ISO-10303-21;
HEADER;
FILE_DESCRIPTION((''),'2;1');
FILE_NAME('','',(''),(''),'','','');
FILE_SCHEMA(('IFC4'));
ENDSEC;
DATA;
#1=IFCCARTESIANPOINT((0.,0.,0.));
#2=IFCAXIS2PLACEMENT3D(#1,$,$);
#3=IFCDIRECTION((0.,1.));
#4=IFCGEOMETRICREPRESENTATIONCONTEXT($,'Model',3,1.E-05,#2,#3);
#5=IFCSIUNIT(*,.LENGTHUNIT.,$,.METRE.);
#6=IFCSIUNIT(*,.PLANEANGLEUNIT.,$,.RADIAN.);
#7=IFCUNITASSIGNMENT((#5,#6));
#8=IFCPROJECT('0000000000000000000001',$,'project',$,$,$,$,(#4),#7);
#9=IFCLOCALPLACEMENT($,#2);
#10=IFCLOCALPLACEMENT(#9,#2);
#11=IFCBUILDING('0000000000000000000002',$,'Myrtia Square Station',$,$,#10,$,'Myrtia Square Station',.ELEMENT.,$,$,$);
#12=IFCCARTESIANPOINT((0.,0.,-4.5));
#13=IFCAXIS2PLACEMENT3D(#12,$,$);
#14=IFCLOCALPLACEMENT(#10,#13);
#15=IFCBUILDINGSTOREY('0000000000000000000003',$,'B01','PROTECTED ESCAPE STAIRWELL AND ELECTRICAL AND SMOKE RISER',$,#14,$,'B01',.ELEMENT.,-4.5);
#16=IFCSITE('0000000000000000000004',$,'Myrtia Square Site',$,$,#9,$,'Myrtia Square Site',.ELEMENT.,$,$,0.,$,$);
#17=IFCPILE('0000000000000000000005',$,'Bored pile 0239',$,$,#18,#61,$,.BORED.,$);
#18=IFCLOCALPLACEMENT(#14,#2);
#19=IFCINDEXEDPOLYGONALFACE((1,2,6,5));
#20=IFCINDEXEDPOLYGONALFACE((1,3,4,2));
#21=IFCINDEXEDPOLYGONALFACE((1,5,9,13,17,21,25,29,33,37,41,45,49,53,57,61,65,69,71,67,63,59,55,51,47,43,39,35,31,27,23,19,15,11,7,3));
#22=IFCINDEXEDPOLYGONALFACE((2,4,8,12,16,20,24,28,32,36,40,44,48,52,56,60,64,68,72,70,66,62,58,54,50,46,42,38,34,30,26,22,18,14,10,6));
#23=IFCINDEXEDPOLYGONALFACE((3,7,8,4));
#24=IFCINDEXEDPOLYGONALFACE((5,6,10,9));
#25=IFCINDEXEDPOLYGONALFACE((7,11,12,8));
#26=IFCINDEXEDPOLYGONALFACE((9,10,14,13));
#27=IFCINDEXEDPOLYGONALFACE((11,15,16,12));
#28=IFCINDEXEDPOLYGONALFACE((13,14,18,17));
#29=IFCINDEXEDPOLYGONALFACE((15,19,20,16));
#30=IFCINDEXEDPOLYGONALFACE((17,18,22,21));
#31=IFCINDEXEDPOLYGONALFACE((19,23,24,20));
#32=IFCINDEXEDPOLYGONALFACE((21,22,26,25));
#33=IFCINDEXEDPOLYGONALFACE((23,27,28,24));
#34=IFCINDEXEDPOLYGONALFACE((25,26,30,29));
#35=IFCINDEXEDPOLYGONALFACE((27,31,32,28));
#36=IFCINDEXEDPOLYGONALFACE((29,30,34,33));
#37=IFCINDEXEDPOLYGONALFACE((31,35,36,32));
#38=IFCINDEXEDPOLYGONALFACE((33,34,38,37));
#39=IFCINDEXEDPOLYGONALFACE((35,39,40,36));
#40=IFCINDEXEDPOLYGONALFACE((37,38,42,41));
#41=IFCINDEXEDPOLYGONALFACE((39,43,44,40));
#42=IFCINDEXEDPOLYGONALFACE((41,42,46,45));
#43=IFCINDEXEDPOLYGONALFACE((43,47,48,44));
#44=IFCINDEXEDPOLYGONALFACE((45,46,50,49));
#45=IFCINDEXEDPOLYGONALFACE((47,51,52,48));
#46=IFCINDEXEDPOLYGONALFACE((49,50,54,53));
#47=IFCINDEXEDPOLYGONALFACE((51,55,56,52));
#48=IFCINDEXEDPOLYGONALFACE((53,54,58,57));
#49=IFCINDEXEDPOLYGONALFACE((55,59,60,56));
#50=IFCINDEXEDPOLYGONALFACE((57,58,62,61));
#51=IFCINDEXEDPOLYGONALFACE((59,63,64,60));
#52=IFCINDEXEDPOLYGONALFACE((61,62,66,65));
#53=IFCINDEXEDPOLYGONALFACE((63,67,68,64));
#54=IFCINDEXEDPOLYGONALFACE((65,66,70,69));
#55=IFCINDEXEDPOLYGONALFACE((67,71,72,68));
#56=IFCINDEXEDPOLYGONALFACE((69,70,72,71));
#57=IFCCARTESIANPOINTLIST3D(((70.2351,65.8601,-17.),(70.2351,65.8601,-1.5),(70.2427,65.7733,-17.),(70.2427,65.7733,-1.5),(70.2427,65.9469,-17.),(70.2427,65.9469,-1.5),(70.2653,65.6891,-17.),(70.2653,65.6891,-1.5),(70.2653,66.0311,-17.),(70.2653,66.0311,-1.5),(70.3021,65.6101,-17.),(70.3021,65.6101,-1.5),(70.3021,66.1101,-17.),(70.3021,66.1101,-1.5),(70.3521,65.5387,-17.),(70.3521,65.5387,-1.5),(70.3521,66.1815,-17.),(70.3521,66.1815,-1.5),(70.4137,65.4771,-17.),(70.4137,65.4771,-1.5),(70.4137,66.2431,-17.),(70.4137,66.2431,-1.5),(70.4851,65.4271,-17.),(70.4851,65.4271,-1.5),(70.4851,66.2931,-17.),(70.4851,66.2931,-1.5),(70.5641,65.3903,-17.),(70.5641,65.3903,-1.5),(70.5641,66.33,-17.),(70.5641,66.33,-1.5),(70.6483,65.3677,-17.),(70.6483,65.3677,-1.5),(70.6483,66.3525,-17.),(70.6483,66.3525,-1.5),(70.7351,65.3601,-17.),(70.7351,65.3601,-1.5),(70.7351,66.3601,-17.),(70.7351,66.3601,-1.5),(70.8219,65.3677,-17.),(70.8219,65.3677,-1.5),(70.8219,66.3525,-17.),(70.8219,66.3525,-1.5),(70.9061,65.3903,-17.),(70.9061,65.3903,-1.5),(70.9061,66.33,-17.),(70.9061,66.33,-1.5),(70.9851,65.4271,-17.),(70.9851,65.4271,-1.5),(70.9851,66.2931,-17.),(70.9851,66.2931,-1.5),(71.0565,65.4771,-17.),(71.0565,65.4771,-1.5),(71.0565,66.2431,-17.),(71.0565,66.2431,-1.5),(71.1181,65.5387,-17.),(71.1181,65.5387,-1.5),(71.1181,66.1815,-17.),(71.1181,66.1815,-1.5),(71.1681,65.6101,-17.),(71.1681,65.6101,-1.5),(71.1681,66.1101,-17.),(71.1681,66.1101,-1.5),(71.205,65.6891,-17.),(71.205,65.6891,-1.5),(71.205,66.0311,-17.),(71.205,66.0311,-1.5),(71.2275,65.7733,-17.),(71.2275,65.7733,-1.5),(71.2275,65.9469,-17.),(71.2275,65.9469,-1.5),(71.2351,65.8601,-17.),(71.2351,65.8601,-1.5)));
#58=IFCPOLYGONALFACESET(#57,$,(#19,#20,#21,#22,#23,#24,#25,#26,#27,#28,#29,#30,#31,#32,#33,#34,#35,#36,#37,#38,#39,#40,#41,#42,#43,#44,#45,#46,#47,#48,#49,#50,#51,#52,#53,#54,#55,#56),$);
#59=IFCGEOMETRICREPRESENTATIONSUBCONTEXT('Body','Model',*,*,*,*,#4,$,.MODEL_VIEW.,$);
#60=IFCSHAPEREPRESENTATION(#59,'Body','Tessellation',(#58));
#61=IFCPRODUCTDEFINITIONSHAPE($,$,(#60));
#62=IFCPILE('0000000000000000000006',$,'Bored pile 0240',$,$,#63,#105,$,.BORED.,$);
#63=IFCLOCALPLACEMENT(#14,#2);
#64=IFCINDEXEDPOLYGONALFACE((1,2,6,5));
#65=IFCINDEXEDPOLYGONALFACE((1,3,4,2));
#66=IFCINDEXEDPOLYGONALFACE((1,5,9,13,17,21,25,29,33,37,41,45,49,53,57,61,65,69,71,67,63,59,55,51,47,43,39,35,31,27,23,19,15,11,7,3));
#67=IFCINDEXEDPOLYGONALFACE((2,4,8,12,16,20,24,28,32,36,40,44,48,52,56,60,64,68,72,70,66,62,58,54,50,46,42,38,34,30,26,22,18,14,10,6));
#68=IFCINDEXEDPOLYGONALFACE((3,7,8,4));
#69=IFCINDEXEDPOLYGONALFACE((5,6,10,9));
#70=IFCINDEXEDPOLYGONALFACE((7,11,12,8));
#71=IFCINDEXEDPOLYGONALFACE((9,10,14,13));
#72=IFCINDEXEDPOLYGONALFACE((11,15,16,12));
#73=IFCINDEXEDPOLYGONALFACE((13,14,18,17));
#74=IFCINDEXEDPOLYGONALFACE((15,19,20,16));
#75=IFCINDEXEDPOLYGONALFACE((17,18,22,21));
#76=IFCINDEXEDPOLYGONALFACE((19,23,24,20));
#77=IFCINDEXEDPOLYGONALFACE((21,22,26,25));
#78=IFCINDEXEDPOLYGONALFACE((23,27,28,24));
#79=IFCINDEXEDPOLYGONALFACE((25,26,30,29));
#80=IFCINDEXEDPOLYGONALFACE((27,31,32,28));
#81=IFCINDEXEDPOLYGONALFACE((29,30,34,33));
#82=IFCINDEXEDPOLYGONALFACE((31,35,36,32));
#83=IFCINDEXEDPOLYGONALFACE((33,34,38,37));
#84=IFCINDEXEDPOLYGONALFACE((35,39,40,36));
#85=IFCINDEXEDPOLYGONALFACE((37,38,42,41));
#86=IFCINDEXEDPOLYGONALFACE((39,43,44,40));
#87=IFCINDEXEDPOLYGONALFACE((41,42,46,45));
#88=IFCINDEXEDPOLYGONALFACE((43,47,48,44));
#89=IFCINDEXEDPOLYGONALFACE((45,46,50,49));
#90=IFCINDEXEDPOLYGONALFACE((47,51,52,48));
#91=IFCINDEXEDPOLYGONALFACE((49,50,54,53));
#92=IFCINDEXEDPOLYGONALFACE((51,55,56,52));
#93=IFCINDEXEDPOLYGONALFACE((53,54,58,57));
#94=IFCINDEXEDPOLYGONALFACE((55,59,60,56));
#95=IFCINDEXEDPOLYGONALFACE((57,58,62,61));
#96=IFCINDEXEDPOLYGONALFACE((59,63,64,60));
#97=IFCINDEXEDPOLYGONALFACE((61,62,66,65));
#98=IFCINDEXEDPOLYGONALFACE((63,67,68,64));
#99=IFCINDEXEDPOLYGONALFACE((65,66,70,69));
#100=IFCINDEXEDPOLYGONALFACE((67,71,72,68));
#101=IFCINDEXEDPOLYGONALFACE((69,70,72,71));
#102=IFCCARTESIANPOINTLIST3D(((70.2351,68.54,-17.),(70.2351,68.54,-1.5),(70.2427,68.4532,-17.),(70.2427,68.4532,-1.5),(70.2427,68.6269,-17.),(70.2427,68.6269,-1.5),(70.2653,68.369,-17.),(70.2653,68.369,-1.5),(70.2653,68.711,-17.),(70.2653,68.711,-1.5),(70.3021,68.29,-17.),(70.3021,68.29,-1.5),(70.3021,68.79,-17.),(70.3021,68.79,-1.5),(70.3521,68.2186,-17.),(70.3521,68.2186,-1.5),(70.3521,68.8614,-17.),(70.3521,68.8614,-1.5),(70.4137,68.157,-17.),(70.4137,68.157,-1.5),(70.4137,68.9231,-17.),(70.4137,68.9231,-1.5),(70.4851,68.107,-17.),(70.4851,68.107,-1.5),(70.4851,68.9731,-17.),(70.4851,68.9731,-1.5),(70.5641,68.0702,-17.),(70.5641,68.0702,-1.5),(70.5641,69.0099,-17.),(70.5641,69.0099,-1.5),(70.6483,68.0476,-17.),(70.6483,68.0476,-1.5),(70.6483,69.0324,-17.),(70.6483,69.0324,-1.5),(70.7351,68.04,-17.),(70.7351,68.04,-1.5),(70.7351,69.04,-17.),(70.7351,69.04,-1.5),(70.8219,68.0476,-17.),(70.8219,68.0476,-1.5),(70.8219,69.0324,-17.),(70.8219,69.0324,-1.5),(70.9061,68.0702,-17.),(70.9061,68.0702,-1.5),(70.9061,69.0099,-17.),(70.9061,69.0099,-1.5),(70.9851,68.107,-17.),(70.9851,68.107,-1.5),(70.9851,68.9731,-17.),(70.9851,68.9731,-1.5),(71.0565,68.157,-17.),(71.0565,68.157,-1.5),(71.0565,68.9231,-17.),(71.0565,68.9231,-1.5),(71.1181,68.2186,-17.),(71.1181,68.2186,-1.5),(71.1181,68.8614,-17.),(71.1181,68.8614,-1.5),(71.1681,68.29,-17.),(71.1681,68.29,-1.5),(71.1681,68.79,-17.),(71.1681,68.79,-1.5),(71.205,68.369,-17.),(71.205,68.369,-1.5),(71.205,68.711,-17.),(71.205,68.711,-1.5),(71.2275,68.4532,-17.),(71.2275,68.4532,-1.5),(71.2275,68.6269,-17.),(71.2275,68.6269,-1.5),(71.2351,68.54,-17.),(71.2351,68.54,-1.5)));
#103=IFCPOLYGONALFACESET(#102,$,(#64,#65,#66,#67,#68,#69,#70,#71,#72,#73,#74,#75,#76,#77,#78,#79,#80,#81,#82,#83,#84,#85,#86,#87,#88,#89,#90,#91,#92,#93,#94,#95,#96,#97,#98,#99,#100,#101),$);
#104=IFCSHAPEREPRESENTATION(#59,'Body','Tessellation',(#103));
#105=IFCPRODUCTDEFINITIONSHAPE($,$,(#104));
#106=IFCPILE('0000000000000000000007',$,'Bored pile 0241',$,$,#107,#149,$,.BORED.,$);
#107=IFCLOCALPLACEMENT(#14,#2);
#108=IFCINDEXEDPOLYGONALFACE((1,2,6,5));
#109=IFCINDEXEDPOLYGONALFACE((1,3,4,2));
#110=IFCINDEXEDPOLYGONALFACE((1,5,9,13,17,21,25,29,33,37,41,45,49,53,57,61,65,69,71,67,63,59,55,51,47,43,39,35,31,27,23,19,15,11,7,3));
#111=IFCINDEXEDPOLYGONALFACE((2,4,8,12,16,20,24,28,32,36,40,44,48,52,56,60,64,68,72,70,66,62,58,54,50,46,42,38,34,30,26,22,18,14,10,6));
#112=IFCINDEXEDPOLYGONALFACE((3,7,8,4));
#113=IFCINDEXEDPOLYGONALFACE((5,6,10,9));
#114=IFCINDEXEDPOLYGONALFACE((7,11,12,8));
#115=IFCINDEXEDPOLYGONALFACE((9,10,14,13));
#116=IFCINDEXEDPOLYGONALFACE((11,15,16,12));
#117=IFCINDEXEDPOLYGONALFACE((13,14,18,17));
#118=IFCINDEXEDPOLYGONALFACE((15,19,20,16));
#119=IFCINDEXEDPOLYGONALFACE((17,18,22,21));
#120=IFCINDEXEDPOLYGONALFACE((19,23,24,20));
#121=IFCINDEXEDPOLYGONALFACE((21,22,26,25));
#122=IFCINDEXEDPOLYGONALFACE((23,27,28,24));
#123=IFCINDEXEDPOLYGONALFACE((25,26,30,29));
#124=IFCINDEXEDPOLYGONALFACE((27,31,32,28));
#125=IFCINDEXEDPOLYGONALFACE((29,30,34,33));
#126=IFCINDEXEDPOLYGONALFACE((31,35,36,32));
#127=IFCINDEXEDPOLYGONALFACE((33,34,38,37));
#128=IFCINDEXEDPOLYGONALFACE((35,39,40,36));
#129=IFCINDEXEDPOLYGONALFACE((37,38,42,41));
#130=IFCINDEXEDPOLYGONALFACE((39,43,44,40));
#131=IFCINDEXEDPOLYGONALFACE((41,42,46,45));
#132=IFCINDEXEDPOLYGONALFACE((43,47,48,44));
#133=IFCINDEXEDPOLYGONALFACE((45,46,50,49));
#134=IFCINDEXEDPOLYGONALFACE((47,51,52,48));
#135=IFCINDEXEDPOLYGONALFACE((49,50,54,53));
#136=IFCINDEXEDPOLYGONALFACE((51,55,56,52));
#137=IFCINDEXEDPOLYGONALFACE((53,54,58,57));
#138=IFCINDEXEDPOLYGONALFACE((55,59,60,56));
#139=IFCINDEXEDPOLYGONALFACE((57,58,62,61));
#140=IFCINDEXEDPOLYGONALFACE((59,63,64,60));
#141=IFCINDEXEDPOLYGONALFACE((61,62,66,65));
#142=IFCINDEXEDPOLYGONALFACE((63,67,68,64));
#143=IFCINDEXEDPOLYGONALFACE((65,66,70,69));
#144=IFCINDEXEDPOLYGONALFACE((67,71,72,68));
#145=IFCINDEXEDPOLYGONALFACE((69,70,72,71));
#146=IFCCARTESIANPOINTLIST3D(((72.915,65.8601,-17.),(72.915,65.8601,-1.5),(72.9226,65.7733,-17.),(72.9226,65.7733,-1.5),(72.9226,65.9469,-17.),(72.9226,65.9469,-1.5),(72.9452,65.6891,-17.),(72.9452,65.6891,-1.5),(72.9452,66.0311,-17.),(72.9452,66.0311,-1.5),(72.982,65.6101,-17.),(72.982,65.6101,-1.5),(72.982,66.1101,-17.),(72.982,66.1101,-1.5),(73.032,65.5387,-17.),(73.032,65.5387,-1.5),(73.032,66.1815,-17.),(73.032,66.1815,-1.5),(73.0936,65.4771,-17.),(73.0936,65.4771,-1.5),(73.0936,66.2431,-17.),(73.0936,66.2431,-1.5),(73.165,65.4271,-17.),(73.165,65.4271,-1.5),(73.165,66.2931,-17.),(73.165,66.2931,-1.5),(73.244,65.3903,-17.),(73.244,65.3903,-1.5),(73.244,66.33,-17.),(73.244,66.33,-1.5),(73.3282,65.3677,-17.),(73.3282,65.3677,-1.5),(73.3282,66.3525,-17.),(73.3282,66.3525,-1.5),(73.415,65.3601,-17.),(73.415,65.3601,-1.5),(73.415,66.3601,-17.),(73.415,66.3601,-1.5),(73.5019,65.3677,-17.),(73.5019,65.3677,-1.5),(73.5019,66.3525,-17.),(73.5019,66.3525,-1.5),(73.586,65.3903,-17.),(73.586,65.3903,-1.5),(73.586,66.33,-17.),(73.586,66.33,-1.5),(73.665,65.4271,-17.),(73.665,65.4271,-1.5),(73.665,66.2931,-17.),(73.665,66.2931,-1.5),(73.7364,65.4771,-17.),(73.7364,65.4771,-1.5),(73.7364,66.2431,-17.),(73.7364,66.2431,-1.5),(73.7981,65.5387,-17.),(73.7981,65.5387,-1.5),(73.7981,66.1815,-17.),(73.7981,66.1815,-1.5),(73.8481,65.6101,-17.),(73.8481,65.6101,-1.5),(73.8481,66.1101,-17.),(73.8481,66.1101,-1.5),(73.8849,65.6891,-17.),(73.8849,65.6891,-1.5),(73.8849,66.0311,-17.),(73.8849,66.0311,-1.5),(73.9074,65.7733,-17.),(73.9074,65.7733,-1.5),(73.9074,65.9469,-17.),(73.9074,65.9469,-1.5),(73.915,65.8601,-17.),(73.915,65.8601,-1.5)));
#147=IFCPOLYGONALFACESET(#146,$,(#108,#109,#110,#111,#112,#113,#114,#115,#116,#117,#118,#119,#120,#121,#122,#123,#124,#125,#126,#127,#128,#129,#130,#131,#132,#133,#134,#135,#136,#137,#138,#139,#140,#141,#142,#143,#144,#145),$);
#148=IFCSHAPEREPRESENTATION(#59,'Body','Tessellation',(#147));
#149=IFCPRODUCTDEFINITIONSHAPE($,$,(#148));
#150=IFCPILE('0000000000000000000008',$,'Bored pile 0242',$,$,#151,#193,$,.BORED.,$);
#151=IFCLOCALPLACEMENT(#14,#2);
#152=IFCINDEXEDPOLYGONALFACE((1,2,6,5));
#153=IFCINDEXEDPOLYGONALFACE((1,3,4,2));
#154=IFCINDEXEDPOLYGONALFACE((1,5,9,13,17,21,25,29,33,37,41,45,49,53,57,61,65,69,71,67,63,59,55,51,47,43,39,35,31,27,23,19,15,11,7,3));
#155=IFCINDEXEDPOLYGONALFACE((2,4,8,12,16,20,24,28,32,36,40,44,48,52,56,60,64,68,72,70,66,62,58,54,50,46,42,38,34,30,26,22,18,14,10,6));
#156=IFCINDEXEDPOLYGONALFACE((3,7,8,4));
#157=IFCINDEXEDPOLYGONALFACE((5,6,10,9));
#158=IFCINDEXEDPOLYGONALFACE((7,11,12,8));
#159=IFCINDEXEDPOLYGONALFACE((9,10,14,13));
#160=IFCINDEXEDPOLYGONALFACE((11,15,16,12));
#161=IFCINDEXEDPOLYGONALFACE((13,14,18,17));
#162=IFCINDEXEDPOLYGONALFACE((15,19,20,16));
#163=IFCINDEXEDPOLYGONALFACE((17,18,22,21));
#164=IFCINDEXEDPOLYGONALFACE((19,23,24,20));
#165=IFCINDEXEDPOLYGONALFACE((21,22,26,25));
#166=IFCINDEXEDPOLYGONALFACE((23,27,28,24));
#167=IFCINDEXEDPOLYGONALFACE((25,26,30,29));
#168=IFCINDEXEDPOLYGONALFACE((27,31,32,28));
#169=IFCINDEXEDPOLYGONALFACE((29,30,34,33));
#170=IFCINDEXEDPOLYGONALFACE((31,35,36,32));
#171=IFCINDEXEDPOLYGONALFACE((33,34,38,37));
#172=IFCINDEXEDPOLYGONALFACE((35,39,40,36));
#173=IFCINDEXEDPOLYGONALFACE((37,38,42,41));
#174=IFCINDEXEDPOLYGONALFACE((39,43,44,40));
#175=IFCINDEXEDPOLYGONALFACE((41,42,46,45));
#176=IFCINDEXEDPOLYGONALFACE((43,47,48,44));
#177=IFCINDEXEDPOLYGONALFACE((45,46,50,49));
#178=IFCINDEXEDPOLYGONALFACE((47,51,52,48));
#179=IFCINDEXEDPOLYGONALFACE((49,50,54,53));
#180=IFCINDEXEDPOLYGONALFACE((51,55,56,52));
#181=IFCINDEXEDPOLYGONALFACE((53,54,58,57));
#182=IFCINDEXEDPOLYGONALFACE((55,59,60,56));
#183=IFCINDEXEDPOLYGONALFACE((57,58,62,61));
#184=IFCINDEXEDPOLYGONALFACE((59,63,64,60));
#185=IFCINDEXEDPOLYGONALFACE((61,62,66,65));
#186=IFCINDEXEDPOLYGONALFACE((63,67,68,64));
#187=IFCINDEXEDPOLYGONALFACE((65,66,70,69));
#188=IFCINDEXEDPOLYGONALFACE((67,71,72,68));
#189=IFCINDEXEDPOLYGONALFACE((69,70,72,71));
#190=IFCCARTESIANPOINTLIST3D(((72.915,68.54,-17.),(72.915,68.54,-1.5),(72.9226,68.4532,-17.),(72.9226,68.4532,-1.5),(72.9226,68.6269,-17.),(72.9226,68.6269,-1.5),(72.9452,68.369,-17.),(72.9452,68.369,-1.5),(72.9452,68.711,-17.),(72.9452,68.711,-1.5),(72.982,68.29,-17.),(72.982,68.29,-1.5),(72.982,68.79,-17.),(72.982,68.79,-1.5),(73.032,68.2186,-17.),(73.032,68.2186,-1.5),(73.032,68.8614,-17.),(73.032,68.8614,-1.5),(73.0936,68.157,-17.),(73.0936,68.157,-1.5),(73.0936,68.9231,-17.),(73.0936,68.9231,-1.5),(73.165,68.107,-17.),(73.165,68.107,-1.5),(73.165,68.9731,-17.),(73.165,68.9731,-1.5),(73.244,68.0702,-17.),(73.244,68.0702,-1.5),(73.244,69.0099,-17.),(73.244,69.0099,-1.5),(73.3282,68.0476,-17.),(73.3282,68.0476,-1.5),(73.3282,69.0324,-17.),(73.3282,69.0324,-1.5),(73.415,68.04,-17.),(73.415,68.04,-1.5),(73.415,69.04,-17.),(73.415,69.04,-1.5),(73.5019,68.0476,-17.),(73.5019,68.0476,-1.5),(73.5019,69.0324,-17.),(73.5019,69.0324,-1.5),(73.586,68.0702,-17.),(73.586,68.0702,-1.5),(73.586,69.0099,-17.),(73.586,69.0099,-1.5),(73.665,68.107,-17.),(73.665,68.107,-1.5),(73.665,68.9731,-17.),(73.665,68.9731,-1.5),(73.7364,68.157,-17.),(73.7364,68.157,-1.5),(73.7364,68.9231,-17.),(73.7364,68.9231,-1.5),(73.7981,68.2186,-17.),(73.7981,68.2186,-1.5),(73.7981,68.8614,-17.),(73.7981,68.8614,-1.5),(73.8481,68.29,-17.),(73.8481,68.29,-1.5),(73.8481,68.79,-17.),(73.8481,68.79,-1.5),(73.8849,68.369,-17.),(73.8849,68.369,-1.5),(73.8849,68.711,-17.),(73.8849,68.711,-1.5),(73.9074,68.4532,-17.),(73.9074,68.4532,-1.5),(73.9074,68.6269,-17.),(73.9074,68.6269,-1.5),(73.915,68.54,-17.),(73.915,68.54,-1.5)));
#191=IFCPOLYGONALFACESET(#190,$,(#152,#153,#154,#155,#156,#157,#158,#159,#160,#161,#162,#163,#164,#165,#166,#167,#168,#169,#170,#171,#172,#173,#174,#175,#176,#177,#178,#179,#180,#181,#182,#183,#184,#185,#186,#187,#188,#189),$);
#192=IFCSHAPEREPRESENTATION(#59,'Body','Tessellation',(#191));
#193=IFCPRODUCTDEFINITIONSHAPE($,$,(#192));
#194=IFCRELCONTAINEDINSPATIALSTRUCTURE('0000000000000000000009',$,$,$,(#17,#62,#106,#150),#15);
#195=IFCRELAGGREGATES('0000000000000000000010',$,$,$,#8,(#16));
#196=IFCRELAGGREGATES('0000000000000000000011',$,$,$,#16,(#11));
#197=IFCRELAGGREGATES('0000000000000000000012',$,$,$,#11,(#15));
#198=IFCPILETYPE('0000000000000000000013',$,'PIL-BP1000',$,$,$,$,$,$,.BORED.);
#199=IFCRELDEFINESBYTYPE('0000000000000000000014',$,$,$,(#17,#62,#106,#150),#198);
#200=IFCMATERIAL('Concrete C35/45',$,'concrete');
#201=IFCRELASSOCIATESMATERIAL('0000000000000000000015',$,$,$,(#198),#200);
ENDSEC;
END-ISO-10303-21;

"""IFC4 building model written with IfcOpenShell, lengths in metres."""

from ifc_helpers import new_model, si_unit, direction, frame, origin, origin_2d, place, context, subcontext, project, spatial, circle, extrude, material, material_profile, profile_set, type_object, element, save


model = new_model("IFC4")

# Units and contexts
model_context = context("Model", 3, precision=1e-05, world=origin(), true_north=direction((0.0, 1.0)))
body_context = subcontext(model_context, "Body", "Model", "MODEL_VIEW")
ifc_project = project(units=[si_unit("LENGTHUNIT", "METRE"), si_unit("PLANEANGLEUNIT", "RADIAN")], contexts=[model_context])

# Site, building, storey
site_placement = place(None, origin())
site = spatial("IfcSite", under=ifc_project, at=site_placement, Name="Myrtia Square Site", LongName="Myrtia Square Site", CompositionType="ELEMENT", RefElevation=0.0)
building_placement = place(site_placement, origin())
building = spatial("IfcBuilding", under=site, at=building_placement, Name="Myrtia Square Station", LongName="Myrtia Square Station", CompositionType="ELEMENT")
storey_placement = place(building_placement, frame((0.0, 0.0, -4.5)))
storey = spatial("IfcBuildingStorey", under=building, at=storey_placement, Name="B01", Description="PROTECTED ESCAPE STAIRWELL AND ELECTRICAL AND SMOKE RISER", LongName="B01", CompositionType="ELEMENT", Elevation=-4.5)

# Shared definitions
ifc_material_1 = material(Name="Concrete C35/45", Category="concrete")

# Piles
ifc_material_profile_1 = material_profile(ifc_material_1, circle(Radius=0.5, at=origin_2d()), Name="BP D1000")
ifc_profile_set_1 = profile_set([ifc_material_profile_1], Name="Concrete C35/45")
pile_type_1 = type_object("IfcPileType", Name="PIL-BP1000", PredefinedType="BORED", material=ifc_profile_set_1)
for number, where, z_axis, x_axis, name in (
    (1, (70.7351, 65.8601, -1.5), (0.0, 0.0, -1.0), (1.0, 0.0, 0.0), "Bored pile 0239"),
    (2, (70.7351, 68.54, -1.5), (0.0, 0.0, -1.0), (1.0, 0.0, 0.0), "Bored pile 0240"),
    (3, (73.415, 65.8601, -1.5), (0.0, 0.0, -1.0), (1.0, 0.0, 0.0), "Bored pile 0241"),
    (4, (73.415, 68.54, -1.5), (0.0, 0.0, -1.0), (1.0, 0.0, 0.0), "Bored pile 0242"),
):
    element("IfcPile", number, at=place(storey_placement, frame(where, z_axis=z_axis, x_axis=x_axis)), inside=storey, type_object=pile_type_1, Name=name, PredefinedType="BORED", context=body_context, shape_type="SweptSolid", body=[
        extrude(circle(Radius=0.5, at=origin_2d()), origin(), (0.0, 0.0, 1.0), 15.5),
    ])

save(model, "model.ifc")
